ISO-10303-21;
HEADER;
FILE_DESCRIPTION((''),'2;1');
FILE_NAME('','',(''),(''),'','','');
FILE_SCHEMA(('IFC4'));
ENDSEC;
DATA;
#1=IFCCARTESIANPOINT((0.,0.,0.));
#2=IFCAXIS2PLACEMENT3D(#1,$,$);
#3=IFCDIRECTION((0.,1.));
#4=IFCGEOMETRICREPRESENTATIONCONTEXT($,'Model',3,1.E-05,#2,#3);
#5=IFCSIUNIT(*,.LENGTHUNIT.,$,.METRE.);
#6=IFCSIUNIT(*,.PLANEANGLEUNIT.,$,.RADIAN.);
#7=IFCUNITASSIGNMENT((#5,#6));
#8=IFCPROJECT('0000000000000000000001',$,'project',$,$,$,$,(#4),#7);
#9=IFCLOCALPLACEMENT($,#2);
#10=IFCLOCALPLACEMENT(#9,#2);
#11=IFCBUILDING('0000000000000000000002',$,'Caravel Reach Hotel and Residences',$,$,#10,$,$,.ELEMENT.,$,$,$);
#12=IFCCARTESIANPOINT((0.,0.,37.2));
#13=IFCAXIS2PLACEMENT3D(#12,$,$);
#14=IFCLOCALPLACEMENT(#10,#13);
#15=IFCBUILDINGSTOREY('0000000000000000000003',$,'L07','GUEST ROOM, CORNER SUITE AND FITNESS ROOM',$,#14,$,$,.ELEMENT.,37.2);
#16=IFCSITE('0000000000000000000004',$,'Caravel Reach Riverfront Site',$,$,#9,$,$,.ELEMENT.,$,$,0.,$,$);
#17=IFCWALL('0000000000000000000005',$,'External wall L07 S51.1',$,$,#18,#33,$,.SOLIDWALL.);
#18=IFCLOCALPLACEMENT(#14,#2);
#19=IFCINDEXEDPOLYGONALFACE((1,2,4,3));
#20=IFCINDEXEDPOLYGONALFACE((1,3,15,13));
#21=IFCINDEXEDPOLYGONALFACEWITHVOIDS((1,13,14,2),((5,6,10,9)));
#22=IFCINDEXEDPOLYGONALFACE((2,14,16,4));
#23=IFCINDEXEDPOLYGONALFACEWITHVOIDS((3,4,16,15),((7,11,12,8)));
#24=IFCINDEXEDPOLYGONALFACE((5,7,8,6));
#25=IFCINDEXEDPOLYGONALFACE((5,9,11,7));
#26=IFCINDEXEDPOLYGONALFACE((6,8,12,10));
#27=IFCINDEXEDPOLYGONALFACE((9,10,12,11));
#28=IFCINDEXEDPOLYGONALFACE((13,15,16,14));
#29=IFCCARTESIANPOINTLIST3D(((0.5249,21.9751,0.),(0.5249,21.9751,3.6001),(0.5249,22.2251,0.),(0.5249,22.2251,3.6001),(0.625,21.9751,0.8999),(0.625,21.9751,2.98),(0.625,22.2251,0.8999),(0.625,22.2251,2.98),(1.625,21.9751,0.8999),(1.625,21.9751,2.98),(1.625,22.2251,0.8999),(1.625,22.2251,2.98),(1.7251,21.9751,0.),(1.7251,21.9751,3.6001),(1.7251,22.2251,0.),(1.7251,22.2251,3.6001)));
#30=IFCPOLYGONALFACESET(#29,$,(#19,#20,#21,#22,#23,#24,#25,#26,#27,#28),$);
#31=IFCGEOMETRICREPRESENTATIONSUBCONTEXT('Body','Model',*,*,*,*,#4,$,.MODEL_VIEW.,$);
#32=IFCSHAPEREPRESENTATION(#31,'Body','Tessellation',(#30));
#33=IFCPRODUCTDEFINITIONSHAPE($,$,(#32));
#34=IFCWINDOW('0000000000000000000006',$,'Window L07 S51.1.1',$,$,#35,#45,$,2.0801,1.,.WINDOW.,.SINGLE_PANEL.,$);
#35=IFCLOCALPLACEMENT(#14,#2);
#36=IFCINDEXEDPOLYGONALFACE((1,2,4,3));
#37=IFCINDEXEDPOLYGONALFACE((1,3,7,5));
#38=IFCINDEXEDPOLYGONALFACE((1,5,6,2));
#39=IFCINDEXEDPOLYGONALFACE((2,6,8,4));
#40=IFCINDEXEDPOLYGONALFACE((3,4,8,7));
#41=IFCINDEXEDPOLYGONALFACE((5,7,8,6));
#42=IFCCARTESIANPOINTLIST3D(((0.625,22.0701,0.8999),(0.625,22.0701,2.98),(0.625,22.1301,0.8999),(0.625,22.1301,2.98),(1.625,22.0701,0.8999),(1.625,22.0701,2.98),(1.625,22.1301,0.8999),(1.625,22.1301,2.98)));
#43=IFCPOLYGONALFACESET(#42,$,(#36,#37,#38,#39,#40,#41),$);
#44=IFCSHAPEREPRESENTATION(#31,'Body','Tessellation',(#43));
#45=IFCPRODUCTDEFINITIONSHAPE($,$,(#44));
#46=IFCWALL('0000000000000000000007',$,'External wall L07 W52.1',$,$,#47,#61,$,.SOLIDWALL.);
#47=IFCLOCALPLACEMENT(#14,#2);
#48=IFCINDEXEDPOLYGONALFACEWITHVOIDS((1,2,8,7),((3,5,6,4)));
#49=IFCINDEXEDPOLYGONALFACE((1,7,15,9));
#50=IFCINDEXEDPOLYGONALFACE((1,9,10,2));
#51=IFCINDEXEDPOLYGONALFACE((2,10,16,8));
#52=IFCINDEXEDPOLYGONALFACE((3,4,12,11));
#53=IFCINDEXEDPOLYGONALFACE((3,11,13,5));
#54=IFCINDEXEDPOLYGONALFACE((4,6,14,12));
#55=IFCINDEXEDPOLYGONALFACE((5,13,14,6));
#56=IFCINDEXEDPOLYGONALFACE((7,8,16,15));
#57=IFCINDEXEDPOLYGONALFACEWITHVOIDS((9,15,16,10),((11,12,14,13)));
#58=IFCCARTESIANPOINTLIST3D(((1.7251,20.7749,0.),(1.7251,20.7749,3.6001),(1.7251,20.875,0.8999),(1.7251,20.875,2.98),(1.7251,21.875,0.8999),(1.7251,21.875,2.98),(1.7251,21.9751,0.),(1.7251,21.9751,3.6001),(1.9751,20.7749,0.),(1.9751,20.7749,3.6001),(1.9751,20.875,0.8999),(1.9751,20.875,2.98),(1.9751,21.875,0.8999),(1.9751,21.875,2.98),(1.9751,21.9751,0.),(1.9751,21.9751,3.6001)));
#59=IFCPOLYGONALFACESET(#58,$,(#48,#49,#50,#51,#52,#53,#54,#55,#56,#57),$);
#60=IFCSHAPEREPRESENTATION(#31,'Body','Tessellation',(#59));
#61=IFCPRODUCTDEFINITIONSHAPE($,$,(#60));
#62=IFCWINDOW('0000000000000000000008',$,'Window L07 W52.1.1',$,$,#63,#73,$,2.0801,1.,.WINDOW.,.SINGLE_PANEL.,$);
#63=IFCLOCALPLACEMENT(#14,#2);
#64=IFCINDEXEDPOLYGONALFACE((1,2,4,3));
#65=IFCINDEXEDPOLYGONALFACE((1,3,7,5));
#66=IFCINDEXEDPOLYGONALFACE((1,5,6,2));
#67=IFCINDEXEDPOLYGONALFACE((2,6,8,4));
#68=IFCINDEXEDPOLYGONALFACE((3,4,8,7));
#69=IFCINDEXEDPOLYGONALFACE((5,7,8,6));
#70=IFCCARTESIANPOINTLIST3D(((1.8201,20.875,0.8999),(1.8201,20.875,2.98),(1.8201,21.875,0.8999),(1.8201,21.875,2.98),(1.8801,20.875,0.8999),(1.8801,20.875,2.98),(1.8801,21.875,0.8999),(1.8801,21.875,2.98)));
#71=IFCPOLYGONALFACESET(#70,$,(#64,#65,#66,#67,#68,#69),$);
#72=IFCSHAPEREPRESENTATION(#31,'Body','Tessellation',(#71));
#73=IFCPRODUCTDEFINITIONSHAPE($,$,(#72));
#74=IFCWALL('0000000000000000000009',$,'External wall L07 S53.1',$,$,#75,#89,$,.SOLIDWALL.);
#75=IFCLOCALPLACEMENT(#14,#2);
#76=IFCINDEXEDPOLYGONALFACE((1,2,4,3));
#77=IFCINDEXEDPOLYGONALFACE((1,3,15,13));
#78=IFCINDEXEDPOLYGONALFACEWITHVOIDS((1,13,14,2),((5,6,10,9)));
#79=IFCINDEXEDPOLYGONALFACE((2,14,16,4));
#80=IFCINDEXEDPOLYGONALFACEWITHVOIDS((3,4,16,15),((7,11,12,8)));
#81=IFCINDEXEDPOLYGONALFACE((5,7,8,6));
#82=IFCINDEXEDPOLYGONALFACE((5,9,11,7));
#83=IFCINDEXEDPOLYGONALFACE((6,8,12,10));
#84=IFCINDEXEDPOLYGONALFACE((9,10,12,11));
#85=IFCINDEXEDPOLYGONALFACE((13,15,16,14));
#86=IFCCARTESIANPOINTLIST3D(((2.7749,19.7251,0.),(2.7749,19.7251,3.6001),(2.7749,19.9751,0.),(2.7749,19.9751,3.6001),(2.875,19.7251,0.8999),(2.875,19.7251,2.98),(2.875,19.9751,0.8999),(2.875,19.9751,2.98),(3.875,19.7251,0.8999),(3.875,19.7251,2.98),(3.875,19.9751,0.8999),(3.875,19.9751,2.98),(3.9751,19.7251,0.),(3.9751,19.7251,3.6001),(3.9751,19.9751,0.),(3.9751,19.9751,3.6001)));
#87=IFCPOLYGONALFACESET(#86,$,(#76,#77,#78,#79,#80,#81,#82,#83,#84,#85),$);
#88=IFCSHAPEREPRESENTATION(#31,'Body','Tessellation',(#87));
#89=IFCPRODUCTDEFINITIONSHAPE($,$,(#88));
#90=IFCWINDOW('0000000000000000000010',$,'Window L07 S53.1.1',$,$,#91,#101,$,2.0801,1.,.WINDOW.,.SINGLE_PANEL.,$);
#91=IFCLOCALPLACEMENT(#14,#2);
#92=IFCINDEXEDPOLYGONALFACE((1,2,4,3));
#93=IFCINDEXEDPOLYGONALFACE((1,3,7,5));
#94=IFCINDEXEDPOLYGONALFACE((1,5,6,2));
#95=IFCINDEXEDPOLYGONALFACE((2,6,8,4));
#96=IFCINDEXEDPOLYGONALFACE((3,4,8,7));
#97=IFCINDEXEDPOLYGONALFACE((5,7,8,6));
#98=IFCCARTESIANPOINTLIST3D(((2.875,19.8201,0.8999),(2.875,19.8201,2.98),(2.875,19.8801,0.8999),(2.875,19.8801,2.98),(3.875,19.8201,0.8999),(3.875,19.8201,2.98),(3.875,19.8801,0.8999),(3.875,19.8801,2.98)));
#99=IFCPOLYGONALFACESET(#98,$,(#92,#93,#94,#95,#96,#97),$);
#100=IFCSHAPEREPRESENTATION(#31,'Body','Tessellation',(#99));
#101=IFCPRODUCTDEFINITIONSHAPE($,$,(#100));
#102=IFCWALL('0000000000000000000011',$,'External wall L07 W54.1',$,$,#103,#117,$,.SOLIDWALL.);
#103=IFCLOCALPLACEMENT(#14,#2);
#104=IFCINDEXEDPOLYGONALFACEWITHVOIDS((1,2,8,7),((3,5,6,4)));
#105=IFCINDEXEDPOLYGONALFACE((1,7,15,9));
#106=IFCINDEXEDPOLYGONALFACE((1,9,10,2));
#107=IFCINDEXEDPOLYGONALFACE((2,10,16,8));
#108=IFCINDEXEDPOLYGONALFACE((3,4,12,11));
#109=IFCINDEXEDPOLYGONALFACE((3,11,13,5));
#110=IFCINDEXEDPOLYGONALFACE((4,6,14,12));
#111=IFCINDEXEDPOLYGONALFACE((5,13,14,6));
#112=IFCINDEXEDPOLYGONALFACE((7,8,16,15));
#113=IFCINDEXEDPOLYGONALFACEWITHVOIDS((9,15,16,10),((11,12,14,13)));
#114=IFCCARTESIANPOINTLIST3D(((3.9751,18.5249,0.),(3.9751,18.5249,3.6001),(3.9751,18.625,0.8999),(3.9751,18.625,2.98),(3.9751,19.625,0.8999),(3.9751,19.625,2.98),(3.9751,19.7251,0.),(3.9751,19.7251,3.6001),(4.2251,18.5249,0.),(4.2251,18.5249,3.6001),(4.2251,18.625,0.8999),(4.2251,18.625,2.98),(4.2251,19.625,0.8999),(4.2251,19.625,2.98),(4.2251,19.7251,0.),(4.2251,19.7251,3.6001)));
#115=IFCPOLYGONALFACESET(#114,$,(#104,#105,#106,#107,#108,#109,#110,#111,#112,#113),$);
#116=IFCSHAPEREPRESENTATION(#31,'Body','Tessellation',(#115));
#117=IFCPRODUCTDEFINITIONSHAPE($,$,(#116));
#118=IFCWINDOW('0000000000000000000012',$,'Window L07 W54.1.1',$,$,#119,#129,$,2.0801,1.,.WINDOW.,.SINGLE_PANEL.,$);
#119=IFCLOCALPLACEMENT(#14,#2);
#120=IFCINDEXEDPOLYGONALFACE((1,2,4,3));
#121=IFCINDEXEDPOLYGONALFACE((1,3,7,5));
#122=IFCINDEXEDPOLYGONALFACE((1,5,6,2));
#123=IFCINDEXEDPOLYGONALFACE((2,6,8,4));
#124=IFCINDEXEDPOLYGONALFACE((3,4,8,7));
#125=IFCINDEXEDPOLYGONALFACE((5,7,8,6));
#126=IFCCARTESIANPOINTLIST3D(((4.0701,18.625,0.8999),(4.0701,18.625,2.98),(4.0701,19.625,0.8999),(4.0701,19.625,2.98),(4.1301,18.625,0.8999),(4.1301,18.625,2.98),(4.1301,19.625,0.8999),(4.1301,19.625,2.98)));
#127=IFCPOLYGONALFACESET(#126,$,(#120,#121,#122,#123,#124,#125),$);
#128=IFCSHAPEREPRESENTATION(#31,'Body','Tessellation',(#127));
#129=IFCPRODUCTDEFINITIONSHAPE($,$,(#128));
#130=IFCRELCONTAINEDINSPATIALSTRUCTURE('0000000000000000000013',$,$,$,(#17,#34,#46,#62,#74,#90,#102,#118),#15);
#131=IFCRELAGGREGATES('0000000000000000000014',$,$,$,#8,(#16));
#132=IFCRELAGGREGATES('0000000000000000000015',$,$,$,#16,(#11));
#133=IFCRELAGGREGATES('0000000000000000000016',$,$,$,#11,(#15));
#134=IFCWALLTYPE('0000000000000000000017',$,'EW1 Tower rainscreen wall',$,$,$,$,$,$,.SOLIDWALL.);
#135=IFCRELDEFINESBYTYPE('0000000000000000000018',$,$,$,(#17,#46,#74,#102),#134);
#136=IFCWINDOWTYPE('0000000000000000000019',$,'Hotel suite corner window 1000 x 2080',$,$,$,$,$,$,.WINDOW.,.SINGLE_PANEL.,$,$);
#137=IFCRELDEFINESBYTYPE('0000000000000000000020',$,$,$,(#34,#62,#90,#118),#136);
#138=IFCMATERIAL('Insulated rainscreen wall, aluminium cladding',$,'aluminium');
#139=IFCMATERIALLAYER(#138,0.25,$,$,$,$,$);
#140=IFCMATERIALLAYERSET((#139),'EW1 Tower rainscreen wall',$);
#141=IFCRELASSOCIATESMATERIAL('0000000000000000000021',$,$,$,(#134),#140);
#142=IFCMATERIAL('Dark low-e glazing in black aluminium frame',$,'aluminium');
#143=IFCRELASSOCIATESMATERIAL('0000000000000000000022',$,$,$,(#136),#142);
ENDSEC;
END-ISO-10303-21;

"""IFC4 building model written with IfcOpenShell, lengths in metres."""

from ifc_helpers import new_model, si_unit, direction, frame, frame_2d, origin, place, context, subcontext, project, spatial, rectangle, extrude, material, layer, layer_set, type_object, element, fill, save


model = new_model("IFC4")

# Units and contexts
model_context = context("Model", 3, precision=1e-05, world=origin(), true_north=direction((0.0, 1.0)))
body_context = subcontext(model_context, "Body", "Model", "MODEL_VIEW")
ifc_project = project(units=[si_unit("LENGTHUNIT", "METRE"), si_unit("PLANEANGLEUNIT", "RADIAN")], contexts=[model_context])

# Site, building, storey
site_placement = place(None, origin())
site = spatial("IfcSite", under=ifc_project, at=site_placement, Name="Caravel Reach Riverfront Site", CompositionType="ELEMENT", RefElevation=0.0)
building_placement = place(site_placement, origin())
building = spatial("IfcBuilding", under=site, at=building_placement, Name="Caravel Reach Hotel and Residences", CompositionType="ELEMENT")
storey_placement = place(building_placement, frame((0.0, 0.0, 37.2)))
storey = spatial("IfcBuildingStorey", under=building, at=storey_placement, Name="L07", Description="GUEST ROOM, CORNER SUITE AND FITNESS ROOM", CompositionType="ELEMENT", Elevation=37.2)

# Walls, openings, windows
ifc_material_1 = material(Name="Insulated rainscreen wall, aluminium cladding", Category="aluminium")
ifc_layer = layer(ifc_material_1, 0.25)
ifc_layer_set = layer_set([ifc_layer], Name="EW1 Tower rainscreen wall")
wall_type = type_object("IfcWallType", Name="EW1 Tower rainscreen wall", PredefinedType="SOLIDWALL", material=ifc_layer_set)
wall_1_placement = place(storey_placement, frame((0.5249, 22.1001, 0.0), z_axis=(0.0, 0.0, 1.0), x_axis=(1.0, 0.0, 0.0)))
wall_1 = element("IfcWall", 1, at=wall_1_placement, inside=storey, type_object=wall_type, Name="External wall L07 S51.1", PredefinedType="SOLIDWALL", context=body_context, shape_type="SweptSolid", body=[
    extrude(rectangle(XDim=1.2002, YDim=0.25, at=frame_2d((0.6001, 0.0))), origin(), (0.0, 0.0, 1.0), 3.6001),
])
opening_1_placement = place(wall_1_placement, frame((0.1001, 0.0, 0.8999)))
opening_1 = element("IfcOpeningElement", 2, at=opening_1_placement, cuts=wall_1, PredefinedType="OPENING", context=body_context, shape_type="SweptSolid", body=[
    extrude(rectangle(XDim=1.0, YDim=2.0801, at=frame_2d((0.5, 1.04))), frame((0.0, 0.135, 0.0), z_axis=(0.0, -1.0, 0.0), x_axis=(1.0, 0.0, 0.0)), (0.0, 0.0, 1.0), 0.27),
])
ifc_material_2 = material(Name="Dark low-e glazing in black aluminium frame", Category="aluminium")
window_type = type_object("IfcWindowType", Name="Hotel suite corner window 1000 x 2080", PartitioningType="SINGLE_PANEL", PredefinedType="WINDOW", material=ifc_material_2)
window_1_placement = place(opening_1_placement, origin())
window_1 = element("IfcWindow", 3, at=window_1_placement, inside=storey, type_object=window_type, Name="Window L07 S51.1.1", OverallHeight=2.0801, OverallWidth=1.0, PartitioningType="SINGLE_PANEL", PredefinedType="WINDOW", context=body_context, shape_type="SweptSolid", body=[
    extrude(rectangle(XDim=1.0, YDim=2.0801, at=frame_2d((0.5, 1.04))), frame((0.0, 0.03, 0.0), z_axis=(0.0, -1.0, 0.0), x_axis=(1.0, 0.0, 0.0)), (0.0, 0.0, 1.0), 0.0601),
])
fill(opening_1, window_1)
wall_2_placement = place(storey_placement, frame((1.8501, 21.9751, 0.0), z_axis=(0.0, 0.0, 1.0), x_axis=(0.0, -1.0, 0.0)))
wall_2 = element("IfcWall", 4, at=wall_2_placement, inside=storey, type_object=wall_type, Name="External wall L07 W52.1", PredefinedType="SOLIDWALL", context=body_context, shape_type="SweptSolid", body=[
    extrude(rectangle(XDim=1.2002, YDim=0.25, at=frame_2d((0.6001, 0.0))), origin(), (0.0, 0.0, 1.0), 3.6001),
])
opening_2_placement = place(wall_2_placement, frame((0.1001, 0.0, 0.8999)))
opening_2 = element("IfcOpeningElement", 5, at=opening_2_placement, cuts=wall_2, PredefinedType="OPENING", context=body_context, shape_type="SweptSolid", body=[
    extrude(rectangle(XDim=1.0, YDim=2.0801, at=frame_2d((0.5, 1.04))), frame((0.0, 0.135, 0.0), z_axis=(0.0, -1.0, 0.0), x_axis=(1.0, 0.0, 0.0)), (0.0, 0.0, 1.0), 0.27),
])
window_2_placement = place(opening_2_placement, origin())
window_2 = element("IfcWindow", 6, at=window_2_placement, inside=storey, type_object=window_type, Name="Window L07 W52.1.1", OverallHeight=2.0801, OverallWidth=1.0, PartitioningType="SINGLE_PANEL", PredefinedType="WINDOW", context=body_context, shape_type="SweptSolid", body=[
    extrude(rectangle(XDim=1.0, YDim=2.0801, at=frame_2d((0.5, 1.04))), frame((0.0, 0.03, 0.0), z_axis=(0.0, -1.0, 0.0), x_axis=(1.0, 0.0, 0.0)), (0.0, 0.0, 1.0), 0.0601),
])
fill(opening_2, window_2)
wall_3_placement = place(storey_placement, frame((2.7749, 19.8501, 0.0), z_axis=(0.0, 0.0, 1.0), x_axis=(1.0, 0.0, 0.0)))
wall_3 = element("IfcWall", 7, at=wall_3_placement, inside=storey, type_object=wall_type, Name="External wall L07 S53.1", PredefinedType="SOLIDWALL", context=body_context, shape_type="SweptSolid", body=[
    extrude(rectangle(XDim=1.2002, YDim=0.25, at=frame_2d((0.6001, 0.0))), origin(), (0.0, 0.0, 1.0), 3.6001),
])
opening_3_placement = place(wall_3_placement, frame((0.1001, 0.0, 0.8999)))
opening_3 = element("IfcOpeningElement", 8, at=opening_3_placement, cuts=wall_3, PredefinedType="OPENING", context=body_context, shape_type="SweptSolid", body=[
    extrude(rectangle(XDim=1.0, YDim=2.0801, at=frame_2d((0.5, 1.04))), frame((0.0, 0.135, 0.0), z_axis=(0.0, -1.0, 0.0), x_axis=(1.0, 0.0, 0.0)), (0.0, 0.0, 1.0), 0.27),
])
window_3_placement = place(opening_3_placement, origin())
window_3 = element("IfcWindow", 9, at=window_3_placement, inside=storey, type_object=window_type, Name="Window L07 S53.1.1", OverallHeight=2.0801, OverallWidth=1.0, PartitioningType="SINGLE_PANEL", PredefinedType="WINDOW", context=body_context, shape_type="SweptSolid", body=[
    extrude(rectangle(XDim=1.0, YDim=2.0801, at=frame_2d((0.5, 1.04))), frame((0.0, 0.03, 0.0), z_axis=(0.0, -1.0, 0.0), x_axis=(1.0, 0.0, 0.0)), (0.0, 0.0, 1.0), 0.0601),
])
fill(opening_3, window_3)
wall_4_placement = place(storey_placement, frame((4.1001, 19.7251, 0.0), z_axis=(0.0, 0.0, 1.0), x_axis=(0.0, -1.0, 0.0)))
wall_4 = element("IfcWall", 10, at=wall_4_placement, inside=storey, type_object=wall_type, Name="External wall L07 W54.1", PredefinedType="SOLIDWALL", context=body_context, shape_type="SweptSolid", body=[
    extrude(rectangle(XDim=1.2002, YDim=0.25, at=frame_2d((0.6001, 0.0))), origin(), (0.0, 0.0, 1.0), 3.6001),
])
opening_4_placement = place(wall_4_placement, frame((0.1001, 0.0, 0.8999)))
opening_4 = element("IfcOpeningElement", 11, at=opening_4_placement, cuts=wall_4, PredefinedType="OPENING", context=body_context, shape_type="SweptSolid", body=[
    extrude(rectangle(XDim=1.0, YDim=2.0801, at=frame_2d((0.5, 1.04))), frame((0.0, 0.135, 0.0), z_axis=(0.0, -1.0, 0.0), x_axis=(1.0, 0.0, 0.0)), (0.0, 0.0, 1.0), 0.27),
])
window_4_placement = place(opening_4_placement, origin())
window_4 = element("IfcWindow", 12, at=window_4_placement, inside=storey, type_object=window_type, Name="Window L07 W54.1.1", OverallHeight=2.0801, OverallWidth=1.0, PartitioningType="SINGLE_PANEL", PredefinedType="WINDOW", context=body_context, shape_type="SweptSolid", body=[
    extrude(rectangle(XDim=1.0, YDim=2.0801, at=frame_2d((0.5, 1.04))), frame((0.0, 0.03, 0.0), z_axis=(0.0, -1.0, 0.0), x_axis=(1.0, 0.0, 0.0)), (0.0, 0.0, 1.0), 0.0601),
])
fill(opening_4, window_4)

save(model, "model.ifc")
